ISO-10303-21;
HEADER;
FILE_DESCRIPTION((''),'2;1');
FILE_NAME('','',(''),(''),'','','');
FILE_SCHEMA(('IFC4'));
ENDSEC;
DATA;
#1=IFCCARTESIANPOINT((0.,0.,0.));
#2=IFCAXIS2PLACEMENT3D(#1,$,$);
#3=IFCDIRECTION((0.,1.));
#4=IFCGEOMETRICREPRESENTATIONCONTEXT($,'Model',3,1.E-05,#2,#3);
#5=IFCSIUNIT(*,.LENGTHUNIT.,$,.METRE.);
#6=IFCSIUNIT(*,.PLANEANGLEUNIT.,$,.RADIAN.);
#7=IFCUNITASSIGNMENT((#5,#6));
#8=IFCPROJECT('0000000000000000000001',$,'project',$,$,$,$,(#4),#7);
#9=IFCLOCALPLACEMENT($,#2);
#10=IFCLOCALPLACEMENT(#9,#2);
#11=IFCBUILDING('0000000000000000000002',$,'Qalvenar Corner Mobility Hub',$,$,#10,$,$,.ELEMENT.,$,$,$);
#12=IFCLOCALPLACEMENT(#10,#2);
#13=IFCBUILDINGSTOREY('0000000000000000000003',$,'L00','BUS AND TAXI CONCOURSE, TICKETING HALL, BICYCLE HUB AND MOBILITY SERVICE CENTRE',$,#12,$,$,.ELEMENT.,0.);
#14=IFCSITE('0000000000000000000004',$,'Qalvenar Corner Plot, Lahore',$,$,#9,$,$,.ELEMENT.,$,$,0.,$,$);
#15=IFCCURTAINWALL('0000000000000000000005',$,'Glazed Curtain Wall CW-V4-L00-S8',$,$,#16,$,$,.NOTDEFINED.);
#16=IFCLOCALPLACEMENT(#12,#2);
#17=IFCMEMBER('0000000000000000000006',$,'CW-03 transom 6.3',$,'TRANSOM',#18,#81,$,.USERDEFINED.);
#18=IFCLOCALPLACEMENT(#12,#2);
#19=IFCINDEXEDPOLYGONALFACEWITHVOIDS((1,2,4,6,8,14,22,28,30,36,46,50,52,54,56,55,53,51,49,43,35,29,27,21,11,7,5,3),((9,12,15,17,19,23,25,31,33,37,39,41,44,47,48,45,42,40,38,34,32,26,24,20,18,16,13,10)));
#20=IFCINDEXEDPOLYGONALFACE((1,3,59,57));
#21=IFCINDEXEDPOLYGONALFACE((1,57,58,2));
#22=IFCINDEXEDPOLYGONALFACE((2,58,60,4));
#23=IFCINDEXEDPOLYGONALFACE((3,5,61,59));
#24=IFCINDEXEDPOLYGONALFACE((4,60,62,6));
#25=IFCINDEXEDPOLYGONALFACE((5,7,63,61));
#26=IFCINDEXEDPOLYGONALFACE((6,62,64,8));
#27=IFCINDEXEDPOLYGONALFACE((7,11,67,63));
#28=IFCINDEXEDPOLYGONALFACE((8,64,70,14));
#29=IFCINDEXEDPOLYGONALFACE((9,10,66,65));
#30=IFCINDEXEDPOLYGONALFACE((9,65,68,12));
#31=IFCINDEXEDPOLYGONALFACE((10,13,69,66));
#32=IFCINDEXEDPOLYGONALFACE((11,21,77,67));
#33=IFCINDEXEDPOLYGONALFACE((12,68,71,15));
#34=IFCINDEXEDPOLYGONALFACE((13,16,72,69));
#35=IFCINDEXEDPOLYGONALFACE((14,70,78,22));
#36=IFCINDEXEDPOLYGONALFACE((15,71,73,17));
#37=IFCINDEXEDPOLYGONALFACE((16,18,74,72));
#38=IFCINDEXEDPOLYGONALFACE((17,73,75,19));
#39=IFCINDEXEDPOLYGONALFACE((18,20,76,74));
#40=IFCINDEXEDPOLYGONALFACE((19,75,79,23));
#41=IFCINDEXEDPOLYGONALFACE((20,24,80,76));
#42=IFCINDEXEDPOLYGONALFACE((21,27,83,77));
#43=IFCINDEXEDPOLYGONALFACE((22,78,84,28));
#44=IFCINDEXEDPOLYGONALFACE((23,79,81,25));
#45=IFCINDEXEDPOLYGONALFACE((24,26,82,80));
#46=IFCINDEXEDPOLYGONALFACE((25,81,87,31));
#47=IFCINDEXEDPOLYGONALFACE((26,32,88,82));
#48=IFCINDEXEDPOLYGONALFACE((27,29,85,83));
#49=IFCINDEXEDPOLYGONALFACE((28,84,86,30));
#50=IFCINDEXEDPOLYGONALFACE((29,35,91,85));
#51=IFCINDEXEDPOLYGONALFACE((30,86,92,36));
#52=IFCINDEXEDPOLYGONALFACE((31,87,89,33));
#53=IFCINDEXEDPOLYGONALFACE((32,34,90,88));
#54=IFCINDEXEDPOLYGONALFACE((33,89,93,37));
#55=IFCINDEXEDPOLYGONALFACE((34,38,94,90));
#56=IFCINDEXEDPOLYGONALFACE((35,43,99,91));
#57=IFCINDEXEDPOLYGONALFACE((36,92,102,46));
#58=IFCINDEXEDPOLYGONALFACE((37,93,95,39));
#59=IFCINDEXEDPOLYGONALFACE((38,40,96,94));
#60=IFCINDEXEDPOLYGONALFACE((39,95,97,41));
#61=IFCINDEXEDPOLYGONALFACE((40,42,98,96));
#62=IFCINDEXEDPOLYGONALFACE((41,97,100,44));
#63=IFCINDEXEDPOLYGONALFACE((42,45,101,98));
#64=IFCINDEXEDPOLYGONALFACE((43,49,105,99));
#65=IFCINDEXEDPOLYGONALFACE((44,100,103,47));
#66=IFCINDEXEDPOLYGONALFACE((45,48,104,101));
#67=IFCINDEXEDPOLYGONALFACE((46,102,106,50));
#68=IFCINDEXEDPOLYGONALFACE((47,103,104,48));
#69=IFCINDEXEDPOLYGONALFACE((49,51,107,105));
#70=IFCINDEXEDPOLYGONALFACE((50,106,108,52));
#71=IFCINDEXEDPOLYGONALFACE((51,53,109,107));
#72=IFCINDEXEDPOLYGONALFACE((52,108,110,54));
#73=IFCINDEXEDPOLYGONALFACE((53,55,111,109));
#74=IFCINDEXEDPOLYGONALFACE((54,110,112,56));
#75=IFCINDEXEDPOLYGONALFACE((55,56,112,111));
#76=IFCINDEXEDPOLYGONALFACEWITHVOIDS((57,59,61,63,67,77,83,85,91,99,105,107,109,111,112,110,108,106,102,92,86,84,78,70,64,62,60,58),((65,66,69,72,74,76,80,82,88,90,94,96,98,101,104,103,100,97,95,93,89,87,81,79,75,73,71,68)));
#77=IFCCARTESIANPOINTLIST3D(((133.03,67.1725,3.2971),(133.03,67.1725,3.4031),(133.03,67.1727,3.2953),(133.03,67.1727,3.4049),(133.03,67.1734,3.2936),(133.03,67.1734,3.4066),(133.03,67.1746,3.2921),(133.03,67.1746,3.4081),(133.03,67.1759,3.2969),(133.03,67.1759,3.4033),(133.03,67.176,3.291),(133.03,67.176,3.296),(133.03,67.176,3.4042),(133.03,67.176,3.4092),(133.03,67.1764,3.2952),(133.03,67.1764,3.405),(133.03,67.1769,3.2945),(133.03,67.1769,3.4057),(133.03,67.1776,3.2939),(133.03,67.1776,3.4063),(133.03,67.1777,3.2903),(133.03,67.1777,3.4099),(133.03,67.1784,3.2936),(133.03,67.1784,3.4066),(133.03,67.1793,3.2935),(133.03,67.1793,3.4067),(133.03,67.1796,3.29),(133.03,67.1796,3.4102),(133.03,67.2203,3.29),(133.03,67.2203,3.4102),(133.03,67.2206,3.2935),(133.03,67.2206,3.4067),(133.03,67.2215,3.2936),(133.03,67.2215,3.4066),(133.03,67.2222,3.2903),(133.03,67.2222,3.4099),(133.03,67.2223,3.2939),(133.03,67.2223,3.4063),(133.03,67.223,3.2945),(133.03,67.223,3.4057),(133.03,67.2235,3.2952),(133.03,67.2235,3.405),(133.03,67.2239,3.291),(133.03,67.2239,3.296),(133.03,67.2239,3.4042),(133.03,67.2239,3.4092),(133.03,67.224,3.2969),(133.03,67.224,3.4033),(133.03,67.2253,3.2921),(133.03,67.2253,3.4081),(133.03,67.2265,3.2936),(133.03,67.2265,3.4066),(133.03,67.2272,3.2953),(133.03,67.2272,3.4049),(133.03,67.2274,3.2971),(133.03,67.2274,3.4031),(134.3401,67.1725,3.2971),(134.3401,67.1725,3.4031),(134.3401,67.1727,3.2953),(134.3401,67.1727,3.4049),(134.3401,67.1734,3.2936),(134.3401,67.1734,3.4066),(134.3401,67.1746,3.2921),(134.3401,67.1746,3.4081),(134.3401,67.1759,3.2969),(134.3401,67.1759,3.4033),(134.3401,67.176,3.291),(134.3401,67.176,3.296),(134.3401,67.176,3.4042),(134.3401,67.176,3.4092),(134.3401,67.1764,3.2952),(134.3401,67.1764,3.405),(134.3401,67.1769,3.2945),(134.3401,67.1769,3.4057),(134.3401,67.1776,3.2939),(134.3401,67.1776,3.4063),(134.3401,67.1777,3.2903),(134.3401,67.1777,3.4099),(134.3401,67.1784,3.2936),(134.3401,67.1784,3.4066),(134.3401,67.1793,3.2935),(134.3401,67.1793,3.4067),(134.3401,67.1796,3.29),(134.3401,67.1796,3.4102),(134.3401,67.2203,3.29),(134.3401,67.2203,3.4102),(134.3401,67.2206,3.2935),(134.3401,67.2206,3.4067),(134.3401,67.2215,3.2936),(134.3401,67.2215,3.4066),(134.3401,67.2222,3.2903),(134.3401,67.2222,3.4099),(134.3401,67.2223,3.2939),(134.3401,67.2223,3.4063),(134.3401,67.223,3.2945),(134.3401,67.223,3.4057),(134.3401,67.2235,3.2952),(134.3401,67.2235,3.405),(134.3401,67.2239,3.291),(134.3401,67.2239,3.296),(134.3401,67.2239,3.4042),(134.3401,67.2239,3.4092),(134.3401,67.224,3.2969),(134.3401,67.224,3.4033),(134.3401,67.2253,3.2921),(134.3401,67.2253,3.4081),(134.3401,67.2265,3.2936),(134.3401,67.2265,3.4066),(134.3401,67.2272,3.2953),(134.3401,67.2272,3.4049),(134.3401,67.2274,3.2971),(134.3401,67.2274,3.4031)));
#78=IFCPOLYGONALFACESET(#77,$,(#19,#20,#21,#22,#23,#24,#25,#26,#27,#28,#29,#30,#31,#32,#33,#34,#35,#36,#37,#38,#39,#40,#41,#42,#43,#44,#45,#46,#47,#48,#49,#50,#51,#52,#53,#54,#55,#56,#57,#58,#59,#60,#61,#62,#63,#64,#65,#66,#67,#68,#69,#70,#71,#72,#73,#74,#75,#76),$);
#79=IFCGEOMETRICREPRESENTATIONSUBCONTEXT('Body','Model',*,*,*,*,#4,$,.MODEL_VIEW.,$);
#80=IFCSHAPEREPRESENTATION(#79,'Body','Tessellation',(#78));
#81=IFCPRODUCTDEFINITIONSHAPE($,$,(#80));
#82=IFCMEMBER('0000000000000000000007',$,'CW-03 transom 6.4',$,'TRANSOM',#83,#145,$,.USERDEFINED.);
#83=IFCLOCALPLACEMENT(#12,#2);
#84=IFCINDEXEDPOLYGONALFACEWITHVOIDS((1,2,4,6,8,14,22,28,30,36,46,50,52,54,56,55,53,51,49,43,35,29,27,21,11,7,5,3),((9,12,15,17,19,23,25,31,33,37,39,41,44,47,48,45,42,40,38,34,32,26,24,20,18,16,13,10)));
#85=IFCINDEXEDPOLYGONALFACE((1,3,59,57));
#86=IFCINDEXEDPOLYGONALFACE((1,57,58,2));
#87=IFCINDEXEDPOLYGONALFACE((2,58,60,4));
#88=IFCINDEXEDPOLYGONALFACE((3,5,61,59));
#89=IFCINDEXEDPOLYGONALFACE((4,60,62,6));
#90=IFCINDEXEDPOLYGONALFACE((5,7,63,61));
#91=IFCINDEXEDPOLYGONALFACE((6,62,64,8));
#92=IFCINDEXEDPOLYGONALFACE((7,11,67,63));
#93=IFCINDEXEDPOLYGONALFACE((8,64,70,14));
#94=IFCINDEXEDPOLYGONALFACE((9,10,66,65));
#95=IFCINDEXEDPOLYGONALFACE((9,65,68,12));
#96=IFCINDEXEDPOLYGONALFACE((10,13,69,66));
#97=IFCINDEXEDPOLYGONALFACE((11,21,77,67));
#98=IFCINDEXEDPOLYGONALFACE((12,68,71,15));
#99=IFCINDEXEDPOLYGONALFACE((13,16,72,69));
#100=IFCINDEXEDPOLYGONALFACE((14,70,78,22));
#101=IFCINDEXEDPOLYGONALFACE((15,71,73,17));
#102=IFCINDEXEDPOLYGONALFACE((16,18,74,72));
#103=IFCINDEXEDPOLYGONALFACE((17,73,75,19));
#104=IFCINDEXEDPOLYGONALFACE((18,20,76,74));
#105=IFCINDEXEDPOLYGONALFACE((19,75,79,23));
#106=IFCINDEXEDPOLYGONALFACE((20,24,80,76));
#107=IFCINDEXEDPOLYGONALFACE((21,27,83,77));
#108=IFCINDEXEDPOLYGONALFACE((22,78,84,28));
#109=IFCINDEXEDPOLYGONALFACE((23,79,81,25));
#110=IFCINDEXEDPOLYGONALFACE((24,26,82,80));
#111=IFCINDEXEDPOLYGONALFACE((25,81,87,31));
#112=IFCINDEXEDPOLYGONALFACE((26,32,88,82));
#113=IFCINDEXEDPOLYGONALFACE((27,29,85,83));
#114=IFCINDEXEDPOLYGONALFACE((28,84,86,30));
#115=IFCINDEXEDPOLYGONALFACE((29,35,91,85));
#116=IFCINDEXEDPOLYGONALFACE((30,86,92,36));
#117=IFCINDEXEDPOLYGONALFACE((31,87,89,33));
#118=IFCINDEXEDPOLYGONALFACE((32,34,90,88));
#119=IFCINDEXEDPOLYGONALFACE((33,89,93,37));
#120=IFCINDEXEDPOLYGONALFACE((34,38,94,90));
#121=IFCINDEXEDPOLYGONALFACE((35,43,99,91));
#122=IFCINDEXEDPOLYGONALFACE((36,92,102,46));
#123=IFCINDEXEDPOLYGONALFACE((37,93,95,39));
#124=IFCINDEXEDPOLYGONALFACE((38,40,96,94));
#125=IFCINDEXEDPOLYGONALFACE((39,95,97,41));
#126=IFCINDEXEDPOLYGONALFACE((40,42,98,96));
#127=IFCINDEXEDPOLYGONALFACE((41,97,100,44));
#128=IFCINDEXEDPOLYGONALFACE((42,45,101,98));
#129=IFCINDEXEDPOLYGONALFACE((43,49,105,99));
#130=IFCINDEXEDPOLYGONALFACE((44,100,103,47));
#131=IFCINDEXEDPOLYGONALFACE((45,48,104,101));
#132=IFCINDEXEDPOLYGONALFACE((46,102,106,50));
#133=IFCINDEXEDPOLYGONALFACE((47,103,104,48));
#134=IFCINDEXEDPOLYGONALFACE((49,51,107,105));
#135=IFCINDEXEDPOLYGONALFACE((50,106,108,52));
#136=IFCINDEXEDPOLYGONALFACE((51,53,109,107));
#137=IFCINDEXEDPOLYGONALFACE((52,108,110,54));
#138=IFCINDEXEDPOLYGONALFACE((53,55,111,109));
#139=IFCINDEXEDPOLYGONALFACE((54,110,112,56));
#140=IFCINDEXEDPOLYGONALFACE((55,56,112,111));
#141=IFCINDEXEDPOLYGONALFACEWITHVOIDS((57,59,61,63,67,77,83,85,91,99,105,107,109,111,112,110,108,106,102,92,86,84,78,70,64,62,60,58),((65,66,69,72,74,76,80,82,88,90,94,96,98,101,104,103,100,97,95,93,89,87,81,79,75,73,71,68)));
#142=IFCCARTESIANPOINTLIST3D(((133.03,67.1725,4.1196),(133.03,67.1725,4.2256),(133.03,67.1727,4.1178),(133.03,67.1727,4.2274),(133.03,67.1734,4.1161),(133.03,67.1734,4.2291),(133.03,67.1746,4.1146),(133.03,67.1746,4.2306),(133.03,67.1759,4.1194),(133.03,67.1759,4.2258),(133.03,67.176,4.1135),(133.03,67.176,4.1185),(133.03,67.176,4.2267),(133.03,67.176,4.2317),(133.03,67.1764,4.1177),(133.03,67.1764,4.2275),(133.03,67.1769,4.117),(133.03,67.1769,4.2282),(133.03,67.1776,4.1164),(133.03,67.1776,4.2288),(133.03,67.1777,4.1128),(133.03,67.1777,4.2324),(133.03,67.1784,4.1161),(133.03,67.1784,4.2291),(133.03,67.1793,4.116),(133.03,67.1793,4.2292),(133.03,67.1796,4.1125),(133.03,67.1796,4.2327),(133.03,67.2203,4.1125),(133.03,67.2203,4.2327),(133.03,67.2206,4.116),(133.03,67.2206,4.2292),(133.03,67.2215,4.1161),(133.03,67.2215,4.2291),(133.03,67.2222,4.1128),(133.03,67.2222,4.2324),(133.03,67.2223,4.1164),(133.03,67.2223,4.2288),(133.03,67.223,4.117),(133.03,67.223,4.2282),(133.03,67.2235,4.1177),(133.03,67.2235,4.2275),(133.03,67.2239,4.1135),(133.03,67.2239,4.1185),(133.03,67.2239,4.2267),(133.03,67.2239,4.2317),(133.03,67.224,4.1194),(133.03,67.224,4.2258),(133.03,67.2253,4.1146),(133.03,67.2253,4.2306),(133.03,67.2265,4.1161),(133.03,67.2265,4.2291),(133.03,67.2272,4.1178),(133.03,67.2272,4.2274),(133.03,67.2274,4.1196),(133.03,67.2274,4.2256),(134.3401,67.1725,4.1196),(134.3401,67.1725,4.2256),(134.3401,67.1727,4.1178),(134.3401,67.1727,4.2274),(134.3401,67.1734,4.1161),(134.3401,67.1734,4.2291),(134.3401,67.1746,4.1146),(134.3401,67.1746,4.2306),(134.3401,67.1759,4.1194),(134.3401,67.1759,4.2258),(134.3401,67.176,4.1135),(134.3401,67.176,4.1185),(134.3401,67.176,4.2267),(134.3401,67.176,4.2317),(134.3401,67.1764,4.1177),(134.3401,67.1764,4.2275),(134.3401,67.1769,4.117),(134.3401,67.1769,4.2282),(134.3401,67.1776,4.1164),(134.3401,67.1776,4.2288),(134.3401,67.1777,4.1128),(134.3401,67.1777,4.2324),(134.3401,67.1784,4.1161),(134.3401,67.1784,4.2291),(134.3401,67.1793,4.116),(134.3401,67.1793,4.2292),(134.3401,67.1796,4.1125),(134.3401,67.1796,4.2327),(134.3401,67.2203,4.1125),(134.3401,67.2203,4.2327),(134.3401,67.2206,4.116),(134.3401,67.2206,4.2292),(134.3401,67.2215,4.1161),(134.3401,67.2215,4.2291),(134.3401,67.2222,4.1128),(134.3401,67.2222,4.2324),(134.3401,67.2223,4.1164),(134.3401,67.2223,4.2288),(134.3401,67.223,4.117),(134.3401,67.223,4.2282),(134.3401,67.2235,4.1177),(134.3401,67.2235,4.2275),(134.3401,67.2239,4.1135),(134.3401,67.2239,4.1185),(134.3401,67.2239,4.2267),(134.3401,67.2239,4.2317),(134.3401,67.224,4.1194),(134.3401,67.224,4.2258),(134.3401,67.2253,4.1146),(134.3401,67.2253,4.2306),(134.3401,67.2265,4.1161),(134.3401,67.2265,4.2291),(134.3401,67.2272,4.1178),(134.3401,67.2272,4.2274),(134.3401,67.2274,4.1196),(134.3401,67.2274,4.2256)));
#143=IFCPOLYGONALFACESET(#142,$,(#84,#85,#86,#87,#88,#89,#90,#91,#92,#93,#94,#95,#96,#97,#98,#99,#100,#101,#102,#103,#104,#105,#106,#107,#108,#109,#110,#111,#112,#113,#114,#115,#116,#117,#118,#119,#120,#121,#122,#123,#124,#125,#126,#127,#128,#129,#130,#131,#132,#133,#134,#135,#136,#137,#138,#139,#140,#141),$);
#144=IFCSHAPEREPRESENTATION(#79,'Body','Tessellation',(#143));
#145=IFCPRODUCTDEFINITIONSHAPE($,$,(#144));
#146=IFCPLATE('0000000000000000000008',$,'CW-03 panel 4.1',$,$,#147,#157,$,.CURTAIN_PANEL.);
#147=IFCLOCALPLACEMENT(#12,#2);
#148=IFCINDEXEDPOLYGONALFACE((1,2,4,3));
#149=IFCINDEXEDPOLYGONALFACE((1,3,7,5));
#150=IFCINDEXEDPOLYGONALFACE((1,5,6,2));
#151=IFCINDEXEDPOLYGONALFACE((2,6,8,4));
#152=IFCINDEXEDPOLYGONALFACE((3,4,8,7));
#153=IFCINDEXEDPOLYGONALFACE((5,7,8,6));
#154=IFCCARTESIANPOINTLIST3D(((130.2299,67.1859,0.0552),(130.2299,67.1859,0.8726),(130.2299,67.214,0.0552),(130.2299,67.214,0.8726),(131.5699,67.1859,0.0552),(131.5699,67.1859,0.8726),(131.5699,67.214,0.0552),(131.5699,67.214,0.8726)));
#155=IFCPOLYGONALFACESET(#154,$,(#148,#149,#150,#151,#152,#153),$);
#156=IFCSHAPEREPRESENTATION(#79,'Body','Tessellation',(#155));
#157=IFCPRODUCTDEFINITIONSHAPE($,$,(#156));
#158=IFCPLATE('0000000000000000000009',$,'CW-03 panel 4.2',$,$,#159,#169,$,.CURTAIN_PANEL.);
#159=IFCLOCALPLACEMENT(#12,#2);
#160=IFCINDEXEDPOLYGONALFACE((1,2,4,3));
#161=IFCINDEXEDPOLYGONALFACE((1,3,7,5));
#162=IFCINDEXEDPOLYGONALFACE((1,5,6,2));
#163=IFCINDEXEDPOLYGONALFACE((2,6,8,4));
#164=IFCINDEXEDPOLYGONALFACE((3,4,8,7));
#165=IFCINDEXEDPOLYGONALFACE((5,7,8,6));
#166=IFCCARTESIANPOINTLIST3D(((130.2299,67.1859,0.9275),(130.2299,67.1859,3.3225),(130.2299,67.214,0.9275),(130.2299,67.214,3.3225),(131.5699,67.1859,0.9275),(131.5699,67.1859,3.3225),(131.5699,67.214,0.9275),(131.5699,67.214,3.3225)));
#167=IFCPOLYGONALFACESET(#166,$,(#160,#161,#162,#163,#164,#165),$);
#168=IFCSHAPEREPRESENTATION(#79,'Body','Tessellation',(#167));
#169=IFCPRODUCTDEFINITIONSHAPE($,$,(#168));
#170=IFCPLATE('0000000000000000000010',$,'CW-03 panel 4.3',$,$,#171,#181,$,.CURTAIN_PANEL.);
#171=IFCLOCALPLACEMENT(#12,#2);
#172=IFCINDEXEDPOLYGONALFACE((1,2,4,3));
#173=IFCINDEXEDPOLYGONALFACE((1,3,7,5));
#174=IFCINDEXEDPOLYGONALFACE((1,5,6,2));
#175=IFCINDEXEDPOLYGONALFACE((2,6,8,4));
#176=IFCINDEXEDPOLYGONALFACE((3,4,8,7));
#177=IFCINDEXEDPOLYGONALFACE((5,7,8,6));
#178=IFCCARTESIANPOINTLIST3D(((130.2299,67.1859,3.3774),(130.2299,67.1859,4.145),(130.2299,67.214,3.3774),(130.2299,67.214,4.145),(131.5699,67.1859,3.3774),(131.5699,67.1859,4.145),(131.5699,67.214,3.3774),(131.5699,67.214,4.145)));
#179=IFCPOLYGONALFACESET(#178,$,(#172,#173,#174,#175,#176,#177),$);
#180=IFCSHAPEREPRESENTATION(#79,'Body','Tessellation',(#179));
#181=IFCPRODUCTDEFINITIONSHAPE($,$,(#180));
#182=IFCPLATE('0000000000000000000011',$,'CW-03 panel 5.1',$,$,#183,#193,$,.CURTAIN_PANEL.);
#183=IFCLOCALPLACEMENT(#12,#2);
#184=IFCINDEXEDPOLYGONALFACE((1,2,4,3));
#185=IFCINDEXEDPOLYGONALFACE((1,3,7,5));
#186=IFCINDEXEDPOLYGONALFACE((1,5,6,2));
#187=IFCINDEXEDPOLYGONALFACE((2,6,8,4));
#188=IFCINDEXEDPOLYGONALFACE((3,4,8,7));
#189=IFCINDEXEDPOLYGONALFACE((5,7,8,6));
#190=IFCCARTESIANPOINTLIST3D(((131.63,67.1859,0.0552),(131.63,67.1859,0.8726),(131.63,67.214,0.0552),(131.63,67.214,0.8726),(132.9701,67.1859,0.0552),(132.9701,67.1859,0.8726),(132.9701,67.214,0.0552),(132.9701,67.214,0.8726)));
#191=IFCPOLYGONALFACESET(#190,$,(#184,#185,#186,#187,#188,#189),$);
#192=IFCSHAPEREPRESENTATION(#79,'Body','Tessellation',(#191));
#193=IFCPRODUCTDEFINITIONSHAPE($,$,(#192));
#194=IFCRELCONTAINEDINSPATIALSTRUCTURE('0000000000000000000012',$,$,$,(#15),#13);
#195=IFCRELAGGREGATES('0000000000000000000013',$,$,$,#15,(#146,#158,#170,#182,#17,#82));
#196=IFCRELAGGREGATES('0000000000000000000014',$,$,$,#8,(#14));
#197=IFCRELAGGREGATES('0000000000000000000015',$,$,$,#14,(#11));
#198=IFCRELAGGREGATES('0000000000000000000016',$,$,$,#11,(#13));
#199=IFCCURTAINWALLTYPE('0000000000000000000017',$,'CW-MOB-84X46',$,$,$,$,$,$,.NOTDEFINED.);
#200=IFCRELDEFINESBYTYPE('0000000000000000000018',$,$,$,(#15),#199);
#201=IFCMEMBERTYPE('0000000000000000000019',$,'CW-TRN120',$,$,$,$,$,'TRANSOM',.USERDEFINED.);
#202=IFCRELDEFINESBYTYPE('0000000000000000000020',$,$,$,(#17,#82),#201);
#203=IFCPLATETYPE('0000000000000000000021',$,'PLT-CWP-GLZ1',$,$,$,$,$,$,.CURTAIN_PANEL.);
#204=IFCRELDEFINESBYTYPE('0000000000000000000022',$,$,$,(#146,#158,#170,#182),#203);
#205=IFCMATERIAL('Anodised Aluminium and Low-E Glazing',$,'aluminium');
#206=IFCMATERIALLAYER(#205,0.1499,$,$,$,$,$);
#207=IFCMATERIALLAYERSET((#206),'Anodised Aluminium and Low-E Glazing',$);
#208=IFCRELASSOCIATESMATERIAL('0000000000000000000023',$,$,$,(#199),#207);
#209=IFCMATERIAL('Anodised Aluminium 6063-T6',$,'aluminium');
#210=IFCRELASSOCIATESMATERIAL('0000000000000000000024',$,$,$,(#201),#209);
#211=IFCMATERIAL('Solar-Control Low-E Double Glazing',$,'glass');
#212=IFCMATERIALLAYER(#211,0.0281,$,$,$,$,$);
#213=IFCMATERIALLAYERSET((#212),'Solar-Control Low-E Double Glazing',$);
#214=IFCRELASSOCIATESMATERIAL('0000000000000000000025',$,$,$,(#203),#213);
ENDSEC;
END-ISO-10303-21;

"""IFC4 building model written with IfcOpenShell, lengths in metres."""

from ifc_helpers import new_model, si_unit, direction, frame, origin, origin_2d, place, context, subcontext, project, spatial, rectangle, hollow_rectangle, extrude, material, layer, layer_set, material_profile, profile_set, type_object, element, aggregate, save


model = new_model("IFC4")

# Units and contexts
model_context = context("Model", 3, precision=1e-05, world=origin(), true_north=direction((0.0, 1.0)))
body_context = subcontext(model_context, "Body", "Model", "MODEL_VIEW")
ifc_project = project(units=[si_unit("LENGTHUNIT", "METRE"), si_unit("PLANEANGLEUNIT", "RADIAN")], contexts=[model_context])

# Site, building, storey
site_placement = place(None, origin())
site = spatial("IfcSite", under=ifc_project, at=site_placement, Name="Qalvenar Corner Plot, Lahore", CompositionType="ELEMENT", RefElevation=0.0)
building_placement = place(site_placement, origin())
building = spatial("IfcBuilding", under=site, at=building_placement, Name="Qalvenar Corner Mobility Hub", CompositionType="ELEMENT")
storey_placement = place(building_placement, origin())
storey = spatial("IfcBuildingStorey", under=building, at=storey_placement, Name="L00", Description="BUS AND TAXI CONCOURSE, TICKETING HALL, BICYCLE HUB AND MOBILITY SERVICE CENTRE", CompositionType="ELEMENT", Elevation=0.0)

# Curtain wall, members, plates
ifc_material_1 = material(Name="Anodised Aluminium and Low-E Glazing", Category="aluminium")
ifc_layer_1 = layer(ifc_material_1, 0.1499)
ifc_layer_set_1 = layer_set([ifc_layer_1], Name="Anodised Aluminium and Low-E Glazing")
curtain_wall_type = type_object("IfcCurtainWallType", Name="CW-MOB-84X46", PredefinedType="NOTDEFINED", material=ifc_layer_set_1)
curtain_wall_placement = place(storey_placement, origin())
curtain_wall = element("IfcCurtainWall", 1, at=curtain_wall_placement, inside=storey, type_object=curtain_wall_type, Name="Glazed Curtain Wall CW-V4-L00-S8", PredefinedType="NOTDEFINED")
ifc_material_2 = material(Name="Anodised Aluminium 6063-T6", Category="aluminium")
ifc_material_profile_1 = material_profile(ifc_material_2, hollow_rectangle(XDim=0.0549, YDim=0.1201, WallThickness=0.0034, InnerFilletRadius=0.0034, OuterFilletRadius=0.0071, at=origin_2d()), Name="RHS120x55x3.5")
ifc_profile_set_1 = profile_set([ifc_material_profile_1], Name="Anodised Aluminium 6063-T6")
member_type_1 = type_object("IfcMemberType", Name="CW-TRN120", ElementType="TRANSOM", PredefinedType="USERDEFINED", material=ifc_profile_set_1)
member_1_placement = place(storey_placement, frame((133.03, 67.2, 3.3501), z_axis=(1.0, 0.0, 0.0), x_axis=(0.0, 1.0, 0.0)))
member_1 = element("IfcMember", 2, at=member_1_placement, type_object=member_type_1, Name="CW-03 transom 6.3", ObjectType="TRANSOM", PredefinedType="USERDEFINED", context=body_context, shape_type="SweptSolid", body=[
    extrude(hollow_rectangle(XDim=0.0549, YDim=0.1201, WallThickness=0.0034, InnerFilletRadius=0.0034, OuterFilletRadius=0.0071, at=origin_2d()), origin(), (0.0, 0.0, 1.0), 1.3101),
])
member_2_placement = place(storey_placement, frame((133.03, 67.2, 4.1726), z_axis=(1.0, 0.0, 0.0), x_axis=(0.0, 1.0, 0.0)))
member_2 = element("IfcMember", 3, at=member_2_placement, type_object=member_type_1, Name="CW-03 transom 6.4", ObjectType="TRANSOM", PredefinedType="USERDEFINED", context=body_context, shape_type="SweptSolid", body=[
    extrude(hollow_rectangle(XDim=0.0549, YDim=0.1201, WallThickness=0.0034, InnerFilletRadius=0.0034, OuterFilletRadius=0.0071, at=origin_2d()), origin(), (0.0, 0.0, 1.0), 1.3101),
])
ifc_material_3 = material(Name="Solar-Control Low-E Double Glazing", Category="glass")
ifc_layer_2 = layer(ifc_material_3, 0.0281)
ifc_layer_set_2 = layer_set([ifc_layer_2], Name="Solar-Control Low-E Double Glazing")
plate_type = type_object("IfcPlateType", Name="PLT-CWP-GLZ1", PredefinedType="CURTAIN_PANEL", material=ifc_layer_set_2)
plate_1_placement = place(storey_placement, frame((130.8999, 67.2, 0.0552), z_axis=(0.0, 0.0, 1.0), x_axis=(1.0, 0.0, 0.0)))
plate_1 = element("IfcPlate", 4, at=plate_1_placement, type_object=plate_type, Name="CW-03 panel 4.1", PredefinedType="CURTAIN_PANEL", context=body_context, shape_type="SweptSolid", body=[
    extrude(rectangle(XDim=1.3401, YDim=0.0281, at=origin_2d()), origin(), (0.0, 0.0, 1.0), 0.8174),
])
plate_2_placement = place(storey_placement, frame((130.8999, 67.2, 0.9275), z_axis=(0.0, 0.0, 1.0), x_axis=(1.0, 0.0, 0.0)))
plate_2 = element("IfcPlate", 5, at=plate_2_placement, type_object=plate_type, Name="CW-03 panel 4.2", PredefinedType="CURTAIN_PANEL", context=body_context, shape_type="SweptSolid", body=[
    extrude(rectangle(XDim=1.3401, YDim=0.0281, at=origin_2d()), origin(), (0.0, 0.0, 1.0), 2.395),
])
plate_3_placement = place(storey_placement, frame((130.8999, 67.2, 3.3774), z_axis=(0.0, 0.0, 1.0), x_axis=(1.0, 0.0, 0.0)))
plate_3 = element("IfcPlate", 6, at=plate_3_placement, type_object=plate_type, Name="CW-03 panel 4.3", PredefinedType="CURTAIN_PANEL", context=body_context, shape_type="SweptSolid", body=[
    extrude(rectangle(XDim=1.3401, YDim=0.0281, at=origin_2d()), origin(), (0.0, 0.0, 1.0), 0.7676),
])
plate_4_placement = place(storey_placement, frame((132.3, 67.2, 0.0552), z_axis=(0.0, 0.0, 1.0), x_axis=(1.0, 0.0, 0.0)))
plate_4 = element("IfcPlate", 7, at=plate_4_placement, type_object=plate_type, Name="CW-03 panel 5.1", PredefinedType="CURTAIN_PANEL", context=body_context, shape_type="SweptSolid", body=[
    extrude(rectangle(XDim=1.3401, YDim=0.0281, at=origin_2d()), origin(), (0.0, 0.0, 1.0), 0.8174),
])
aggregate(curtain_wall, [plate_1, plate_2, plate_3, plate_4, member_1, member_2])

save(model, "model.ifc")
